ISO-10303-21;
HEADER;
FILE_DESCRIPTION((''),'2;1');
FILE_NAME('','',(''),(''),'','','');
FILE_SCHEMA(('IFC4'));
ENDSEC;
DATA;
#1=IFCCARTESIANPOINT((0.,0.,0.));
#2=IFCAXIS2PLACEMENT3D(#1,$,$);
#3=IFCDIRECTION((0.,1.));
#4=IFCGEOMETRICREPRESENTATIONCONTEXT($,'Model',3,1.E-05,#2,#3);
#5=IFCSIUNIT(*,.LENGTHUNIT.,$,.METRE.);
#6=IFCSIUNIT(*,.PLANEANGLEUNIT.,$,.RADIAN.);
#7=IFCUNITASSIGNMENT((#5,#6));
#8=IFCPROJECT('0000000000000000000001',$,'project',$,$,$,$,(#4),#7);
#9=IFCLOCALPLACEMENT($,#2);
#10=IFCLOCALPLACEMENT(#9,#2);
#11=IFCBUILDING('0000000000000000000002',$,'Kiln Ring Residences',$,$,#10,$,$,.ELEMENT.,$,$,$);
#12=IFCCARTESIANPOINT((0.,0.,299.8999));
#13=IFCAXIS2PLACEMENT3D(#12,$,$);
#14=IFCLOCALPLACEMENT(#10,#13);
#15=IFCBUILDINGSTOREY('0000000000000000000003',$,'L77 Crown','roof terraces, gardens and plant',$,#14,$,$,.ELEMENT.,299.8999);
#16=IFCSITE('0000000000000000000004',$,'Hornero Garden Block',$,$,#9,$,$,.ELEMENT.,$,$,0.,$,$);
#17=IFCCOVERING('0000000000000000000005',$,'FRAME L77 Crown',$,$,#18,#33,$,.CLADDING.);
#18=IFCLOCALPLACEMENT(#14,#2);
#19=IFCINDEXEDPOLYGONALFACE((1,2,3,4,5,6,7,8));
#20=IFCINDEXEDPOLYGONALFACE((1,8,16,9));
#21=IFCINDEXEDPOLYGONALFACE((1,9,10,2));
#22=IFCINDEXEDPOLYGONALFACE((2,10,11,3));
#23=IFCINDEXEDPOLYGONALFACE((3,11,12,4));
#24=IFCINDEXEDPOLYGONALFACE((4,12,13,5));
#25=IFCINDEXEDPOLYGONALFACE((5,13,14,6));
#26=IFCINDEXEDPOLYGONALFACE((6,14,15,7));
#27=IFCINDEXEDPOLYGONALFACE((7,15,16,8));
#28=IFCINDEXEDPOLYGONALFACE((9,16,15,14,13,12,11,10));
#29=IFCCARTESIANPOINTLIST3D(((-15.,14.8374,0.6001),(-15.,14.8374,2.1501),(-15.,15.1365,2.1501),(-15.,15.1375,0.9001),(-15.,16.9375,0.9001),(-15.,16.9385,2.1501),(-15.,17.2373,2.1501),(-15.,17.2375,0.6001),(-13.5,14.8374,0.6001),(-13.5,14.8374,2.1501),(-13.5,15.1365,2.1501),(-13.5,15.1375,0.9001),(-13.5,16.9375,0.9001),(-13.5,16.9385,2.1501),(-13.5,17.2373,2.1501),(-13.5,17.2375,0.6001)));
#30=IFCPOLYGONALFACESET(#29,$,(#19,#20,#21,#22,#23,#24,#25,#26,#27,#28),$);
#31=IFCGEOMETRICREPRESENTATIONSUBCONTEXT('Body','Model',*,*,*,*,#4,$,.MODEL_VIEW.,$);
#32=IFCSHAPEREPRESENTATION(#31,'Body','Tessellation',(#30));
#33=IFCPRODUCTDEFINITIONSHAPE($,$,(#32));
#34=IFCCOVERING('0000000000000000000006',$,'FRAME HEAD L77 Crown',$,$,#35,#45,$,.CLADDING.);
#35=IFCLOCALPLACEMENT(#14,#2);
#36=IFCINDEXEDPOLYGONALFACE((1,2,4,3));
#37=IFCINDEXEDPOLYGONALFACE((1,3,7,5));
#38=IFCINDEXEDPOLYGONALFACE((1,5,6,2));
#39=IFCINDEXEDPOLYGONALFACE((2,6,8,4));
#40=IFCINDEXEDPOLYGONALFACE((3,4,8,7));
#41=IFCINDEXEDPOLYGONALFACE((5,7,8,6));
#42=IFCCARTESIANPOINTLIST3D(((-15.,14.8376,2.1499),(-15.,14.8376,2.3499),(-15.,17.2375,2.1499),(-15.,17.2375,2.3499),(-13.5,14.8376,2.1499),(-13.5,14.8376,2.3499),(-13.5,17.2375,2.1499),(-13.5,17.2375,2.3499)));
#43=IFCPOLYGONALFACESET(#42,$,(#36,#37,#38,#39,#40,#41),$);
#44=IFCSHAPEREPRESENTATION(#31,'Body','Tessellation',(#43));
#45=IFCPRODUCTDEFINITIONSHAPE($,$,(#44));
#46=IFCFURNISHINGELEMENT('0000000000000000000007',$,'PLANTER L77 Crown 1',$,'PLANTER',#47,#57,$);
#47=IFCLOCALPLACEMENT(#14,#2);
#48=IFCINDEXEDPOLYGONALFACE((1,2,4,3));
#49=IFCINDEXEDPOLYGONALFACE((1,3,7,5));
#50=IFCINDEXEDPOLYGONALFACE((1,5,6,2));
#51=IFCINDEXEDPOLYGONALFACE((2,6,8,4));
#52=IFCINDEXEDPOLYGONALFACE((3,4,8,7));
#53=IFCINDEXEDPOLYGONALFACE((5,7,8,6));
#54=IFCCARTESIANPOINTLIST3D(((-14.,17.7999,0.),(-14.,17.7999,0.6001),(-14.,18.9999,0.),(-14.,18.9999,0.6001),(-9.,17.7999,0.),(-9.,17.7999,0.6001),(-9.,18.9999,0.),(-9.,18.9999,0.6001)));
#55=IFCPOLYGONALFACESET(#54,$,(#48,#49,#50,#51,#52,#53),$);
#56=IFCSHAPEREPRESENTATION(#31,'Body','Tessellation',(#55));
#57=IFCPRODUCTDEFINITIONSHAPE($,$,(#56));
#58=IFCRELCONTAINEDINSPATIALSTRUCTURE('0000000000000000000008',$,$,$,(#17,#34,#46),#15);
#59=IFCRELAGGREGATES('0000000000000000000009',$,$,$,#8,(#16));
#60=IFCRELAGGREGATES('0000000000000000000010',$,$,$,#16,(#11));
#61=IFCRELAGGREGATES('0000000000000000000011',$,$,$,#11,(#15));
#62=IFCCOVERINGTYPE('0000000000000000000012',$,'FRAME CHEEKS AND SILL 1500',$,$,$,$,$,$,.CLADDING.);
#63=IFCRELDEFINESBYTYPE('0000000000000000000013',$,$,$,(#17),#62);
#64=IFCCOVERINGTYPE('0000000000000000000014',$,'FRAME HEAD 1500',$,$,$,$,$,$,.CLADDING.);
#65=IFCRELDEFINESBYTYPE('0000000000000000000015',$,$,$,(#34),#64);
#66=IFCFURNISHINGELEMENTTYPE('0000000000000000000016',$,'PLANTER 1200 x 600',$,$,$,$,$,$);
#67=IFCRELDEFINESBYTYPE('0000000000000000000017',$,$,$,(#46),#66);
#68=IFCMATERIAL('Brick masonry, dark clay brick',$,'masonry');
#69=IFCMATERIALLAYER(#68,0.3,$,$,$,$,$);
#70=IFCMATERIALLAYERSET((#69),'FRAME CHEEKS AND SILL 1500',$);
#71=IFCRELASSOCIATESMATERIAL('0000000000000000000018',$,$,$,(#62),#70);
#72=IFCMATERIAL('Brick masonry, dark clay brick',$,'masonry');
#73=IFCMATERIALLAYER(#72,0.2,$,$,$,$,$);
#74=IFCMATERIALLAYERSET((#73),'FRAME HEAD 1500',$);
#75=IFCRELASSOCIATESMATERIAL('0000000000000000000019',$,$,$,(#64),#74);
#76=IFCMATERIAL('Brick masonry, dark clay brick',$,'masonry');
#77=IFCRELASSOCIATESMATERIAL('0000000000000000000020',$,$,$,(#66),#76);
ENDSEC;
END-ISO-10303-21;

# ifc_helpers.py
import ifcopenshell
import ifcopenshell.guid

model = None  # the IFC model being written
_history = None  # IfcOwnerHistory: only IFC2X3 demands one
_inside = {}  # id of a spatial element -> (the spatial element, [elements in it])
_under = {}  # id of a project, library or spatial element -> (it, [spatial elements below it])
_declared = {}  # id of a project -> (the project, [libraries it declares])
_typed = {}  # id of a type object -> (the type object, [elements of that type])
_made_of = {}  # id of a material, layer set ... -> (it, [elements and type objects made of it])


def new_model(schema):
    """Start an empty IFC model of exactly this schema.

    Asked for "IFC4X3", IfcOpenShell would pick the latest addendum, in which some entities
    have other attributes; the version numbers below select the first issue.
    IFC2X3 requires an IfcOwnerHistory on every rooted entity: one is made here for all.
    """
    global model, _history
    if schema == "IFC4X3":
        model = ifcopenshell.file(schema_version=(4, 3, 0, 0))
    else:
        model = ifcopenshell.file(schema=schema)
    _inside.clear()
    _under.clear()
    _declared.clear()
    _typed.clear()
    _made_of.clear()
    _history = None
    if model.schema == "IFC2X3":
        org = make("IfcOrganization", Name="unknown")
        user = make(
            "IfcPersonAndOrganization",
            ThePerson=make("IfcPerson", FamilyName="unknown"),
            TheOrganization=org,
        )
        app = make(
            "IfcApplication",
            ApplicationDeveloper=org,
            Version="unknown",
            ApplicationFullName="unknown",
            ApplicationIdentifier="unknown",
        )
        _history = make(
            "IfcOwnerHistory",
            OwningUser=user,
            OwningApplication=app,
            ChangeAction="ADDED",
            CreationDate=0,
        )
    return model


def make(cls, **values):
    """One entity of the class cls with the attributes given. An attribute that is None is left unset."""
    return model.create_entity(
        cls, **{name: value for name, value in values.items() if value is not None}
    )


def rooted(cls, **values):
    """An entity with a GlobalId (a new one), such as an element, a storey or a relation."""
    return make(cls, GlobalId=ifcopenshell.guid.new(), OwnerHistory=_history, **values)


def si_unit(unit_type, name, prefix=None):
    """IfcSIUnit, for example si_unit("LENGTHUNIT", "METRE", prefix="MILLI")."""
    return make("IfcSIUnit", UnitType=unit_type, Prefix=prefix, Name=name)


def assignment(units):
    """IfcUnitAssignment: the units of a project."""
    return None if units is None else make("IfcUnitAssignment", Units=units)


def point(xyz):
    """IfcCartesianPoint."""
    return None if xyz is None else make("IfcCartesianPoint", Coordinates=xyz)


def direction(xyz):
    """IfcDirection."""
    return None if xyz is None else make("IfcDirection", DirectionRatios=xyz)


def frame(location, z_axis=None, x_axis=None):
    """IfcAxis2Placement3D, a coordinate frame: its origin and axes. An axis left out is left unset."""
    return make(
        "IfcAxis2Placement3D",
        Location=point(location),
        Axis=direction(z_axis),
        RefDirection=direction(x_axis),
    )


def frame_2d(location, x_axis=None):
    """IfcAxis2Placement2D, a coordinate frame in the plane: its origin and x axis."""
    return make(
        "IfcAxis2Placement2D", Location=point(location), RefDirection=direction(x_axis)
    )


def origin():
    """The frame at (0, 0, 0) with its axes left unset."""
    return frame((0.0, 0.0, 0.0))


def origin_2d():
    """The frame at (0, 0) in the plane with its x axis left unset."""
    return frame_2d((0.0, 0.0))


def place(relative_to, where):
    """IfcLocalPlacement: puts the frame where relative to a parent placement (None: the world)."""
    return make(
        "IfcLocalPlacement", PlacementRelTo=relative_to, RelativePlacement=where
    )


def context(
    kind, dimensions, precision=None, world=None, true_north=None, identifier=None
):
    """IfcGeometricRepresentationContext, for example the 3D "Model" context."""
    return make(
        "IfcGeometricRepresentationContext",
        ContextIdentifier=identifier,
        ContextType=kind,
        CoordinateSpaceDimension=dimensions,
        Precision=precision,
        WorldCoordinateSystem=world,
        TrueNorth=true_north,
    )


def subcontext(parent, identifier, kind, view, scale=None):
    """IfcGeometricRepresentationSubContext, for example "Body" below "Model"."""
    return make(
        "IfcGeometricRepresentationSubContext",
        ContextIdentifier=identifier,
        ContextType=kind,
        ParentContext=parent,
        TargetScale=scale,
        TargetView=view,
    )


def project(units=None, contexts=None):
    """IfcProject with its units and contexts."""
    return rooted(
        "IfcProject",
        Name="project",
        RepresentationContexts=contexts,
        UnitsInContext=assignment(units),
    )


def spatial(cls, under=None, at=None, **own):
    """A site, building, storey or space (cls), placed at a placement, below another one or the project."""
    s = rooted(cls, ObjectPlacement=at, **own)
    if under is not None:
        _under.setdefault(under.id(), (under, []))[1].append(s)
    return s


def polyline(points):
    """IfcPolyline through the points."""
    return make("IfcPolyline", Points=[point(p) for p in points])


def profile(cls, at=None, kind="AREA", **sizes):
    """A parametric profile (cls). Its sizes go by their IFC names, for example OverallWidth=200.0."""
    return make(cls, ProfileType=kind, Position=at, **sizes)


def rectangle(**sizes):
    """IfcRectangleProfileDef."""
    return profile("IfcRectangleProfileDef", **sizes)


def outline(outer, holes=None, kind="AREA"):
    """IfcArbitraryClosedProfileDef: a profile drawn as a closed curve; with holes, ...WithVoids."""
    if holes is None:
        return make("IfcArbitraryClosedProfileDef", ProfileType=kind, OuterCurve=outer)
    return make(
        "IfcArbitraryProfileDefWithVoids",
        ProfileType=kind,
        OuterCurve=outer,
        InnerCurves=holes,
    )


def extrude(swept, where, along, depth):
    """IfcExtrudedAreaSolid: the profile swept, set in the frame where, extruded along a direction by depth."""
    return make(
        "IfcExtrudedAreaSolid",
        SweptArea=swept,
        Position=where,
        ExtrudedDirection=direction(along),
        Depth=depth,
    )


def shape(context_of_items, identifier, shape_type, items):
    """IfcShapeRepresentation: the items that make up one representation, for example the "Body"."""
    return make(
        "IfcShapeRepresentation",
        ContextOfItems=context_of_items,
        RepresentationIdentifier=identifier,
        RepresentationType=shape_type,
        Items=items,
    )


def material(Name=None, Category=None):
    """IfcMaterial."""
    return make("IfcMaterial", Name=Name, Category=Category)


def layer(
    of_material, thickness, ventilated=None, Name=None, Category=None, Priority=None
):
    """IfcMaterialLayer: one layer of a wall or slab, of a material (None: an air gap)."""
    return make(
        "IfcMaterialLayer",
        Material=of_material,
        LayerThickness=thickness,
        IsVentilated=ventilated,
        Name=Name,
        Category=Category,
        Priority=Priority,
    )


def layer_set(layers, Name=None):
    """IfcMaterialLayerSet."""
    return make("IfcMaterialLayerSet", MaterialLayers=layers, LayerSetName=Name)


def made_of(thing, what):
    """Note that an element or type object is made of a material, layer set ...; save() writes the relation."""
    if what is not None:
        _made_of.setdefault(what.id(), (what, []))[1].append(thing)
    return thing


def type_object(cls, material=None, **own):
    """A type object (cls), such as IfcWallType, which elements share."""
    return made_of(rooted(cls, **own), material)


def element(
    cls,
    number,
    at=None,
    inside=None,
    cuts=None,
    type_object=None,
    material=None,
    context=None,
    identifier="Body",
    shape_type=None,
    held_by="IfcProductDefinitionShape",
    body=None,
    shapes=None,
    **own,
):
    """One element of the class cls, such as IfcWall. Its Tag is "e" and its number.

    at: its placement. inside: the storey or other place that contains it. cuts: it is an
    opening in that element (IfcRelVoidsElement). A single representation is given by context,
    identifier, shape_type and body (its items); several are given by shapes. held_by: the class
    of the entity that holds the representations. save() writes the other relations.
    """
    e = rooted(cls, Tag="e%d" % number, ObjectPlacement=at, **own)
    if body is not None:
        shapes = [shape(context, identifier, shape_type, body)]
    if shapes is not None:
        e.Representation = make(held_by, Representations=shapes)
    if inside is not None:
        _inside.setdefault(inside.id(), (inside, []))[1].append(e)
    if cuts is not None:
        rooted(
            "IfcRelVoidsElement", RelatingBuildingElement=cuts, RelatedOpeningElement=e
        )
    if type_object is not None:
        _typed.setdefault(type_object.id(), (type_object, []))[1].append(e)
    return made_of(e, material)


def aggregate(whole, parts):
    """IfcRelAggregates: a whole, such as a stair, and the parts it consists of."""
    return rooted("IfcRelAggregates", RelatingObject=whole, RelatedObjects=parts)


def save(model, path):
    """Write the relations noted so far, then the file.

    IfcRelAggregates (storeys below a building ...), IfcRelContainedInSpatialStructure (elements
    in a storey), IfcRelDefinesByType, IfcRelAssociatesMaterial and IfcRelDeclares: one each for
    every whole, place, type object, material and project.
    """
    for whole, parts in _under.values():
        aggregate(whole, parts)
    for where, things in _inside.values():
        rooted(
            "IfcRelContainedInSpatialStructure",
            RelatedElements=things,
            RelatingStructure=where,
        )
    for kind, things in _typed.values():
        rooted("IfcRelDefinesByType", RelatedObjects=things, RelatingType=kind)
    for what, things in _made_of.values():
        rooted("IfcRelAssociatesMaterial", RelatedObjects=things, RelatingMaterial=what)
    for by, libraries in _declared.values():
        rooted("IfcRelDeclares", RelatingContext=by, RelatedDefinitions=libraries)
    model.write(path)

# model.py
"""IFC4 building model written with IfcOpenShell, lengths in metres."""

from ifc_helpers import new_model, si_unit, direction, frame, origin, origin_2d, place, context, subcontext, project, spatial, polyline, rectangle, outline, extrude, material, layer, layer_set, type_object, element, save


model = new_model("IFC4")

# Units and contexts
model_context = context("Model", 3, precision=1e-05, world=origin(), true_north=direction((0.0, 1.0)))
body_context = subcontext(model_context, "Body", "Model", "MODEL_VIEW")
ifc_project = project(units=[si_unit("LENGTHUNIT", "METRE"), si_unit("PLANEANGLEUNIT", "RADIAN")], contexts=[model_context])

# Site, building, storey
site_placement = place(None, origin())
site = spatial("IfcSite", under=ifc_project, at=site_placement, Name="Hornero Garden Block", CompositionType="ELEMENT", RefElevation=0.0)
building_placement = place(site_placement, origin())
building = spatial("IfcBuilding", under=site, at=building_placement, Name="Kiln Ring Residences", CompositionType="ELEMENT")
storey_placement = place(building_placement, frame((0.0, 0.0, 299.8999)))
storey = spatial("IfcBuildingStorey", under=building, at=storey_placement, Name="L77 Crown", Description="roof terraces, gardens and plant", CompositionType="ELEMENT", Elevation=299.8999)

# Coverings
ifc_material_1 = material(Name="Brick masonry, dark clay brick", Category="masonry")
ifc_layer_1 = layer(ifc_material_1, 0.3)
ifc_layer_set_1 = layer_set([ifc_layer_1], Name="FRAME CHEEKS AND SILL 1500")
covering_type_1 = type_object("IfcCoveringType", Name="FRAME CHEEKS AND SILL 1500", PredefinedType="CLADDING", material=ifc_layer_set_1)
covering_1_placement = place(storey_placement, frame((-14.25, 14.8374, 0.6001), z_axis=(0.0, 0.0, 1.0), x_axis=(0.0, 1.0, 0.0)))
element("IfcCovering", 1, at=covering_1_placement, inside=storey, type_object=covering_type_1, Name="FRAME L77 Crown", PredefinedType="CLADDING", context=body_context, shape_type="SweptSolid", body=[
    extrude(outline(polyline([(0.0, 0.0), (2.4001, 0.0), (2.3999, 1.55), (2.1011, 1.55), (2.1001, 0.3), (0.3, 0.3), (0.2991, 1.55), (0.0, 1.55), (0.0, 0.0)])), frame((0.0, 0.75, 0.0), z_axis=(0.0, -1.0, 0.0), x_axis=(1.0, 0.0, 0.0)), (0.0, 0.0, 1.0), 1.5),
])
ifc_material_2 = material(Name="Brick masonry, dark clay brick", Category="masonry")
ifc_layer_2 = layer(ifc_material_2, 0.2)
ifc_layer_set_2 = layer_set([ifc_layer_2], Name="FRAME HEAD 1500")
covering_type_2 = type_object("IfcCoveringType", Name="FRAME HEAD 1500", PredefinedType="CLADDING", material=ifc_layer_set_2)
covering_2_placement = place(storey_placement, frame((-14.25, 16.0376, 2.1499), z_axis=(0.0, 0.0, 1.0), x_axis=(0.0, 1.0, 0.0)))
element("IfcCovering", 2, at=covering_2_placement, inside=storey, type_object=covering_type_2, Name="FRAME HEAD L77 Crown", PredefinedType="CLADDING", context=body_context, shape_type="SweptSolid", body=[
    extrude(rectangle(XDim=2.3999, YDim=1.5, at=origin_2d()), origin(), (0.0, 0.0, 1.0), 0.2),
])

# Furnishing element
ifc_material_3 = material(Name="Brick masonry, dark clay brick", Category="masonry")
furnishing_element_type = type_object("IfcFurnishingElementType", Name="PLANTER 1200 x 600", material=ifc_material_3)
furnishing_placement = place(storey_placement, frame((-11.5, 18.3999, 0.0), z_axis=(0.0, 0.0, 1.0), x_axis=(1.0, 0.0, 0.0)))
element("IfcFurnishingElement", 3, at=furnishing_placement, inside=storey, type_object=furnishing_element_type, Name="PLANTER L77 Crown 1", ObjectType="PLANTER", context=body_context, shape_type="SweptSolid", body=[
    extrude(rectangle(XDim=5.0, YDim=1.2, at=origin_2d()), origin(), (0.0, 0.0, 1.0), 0.6001),
])

save(model, "model.ifc")
